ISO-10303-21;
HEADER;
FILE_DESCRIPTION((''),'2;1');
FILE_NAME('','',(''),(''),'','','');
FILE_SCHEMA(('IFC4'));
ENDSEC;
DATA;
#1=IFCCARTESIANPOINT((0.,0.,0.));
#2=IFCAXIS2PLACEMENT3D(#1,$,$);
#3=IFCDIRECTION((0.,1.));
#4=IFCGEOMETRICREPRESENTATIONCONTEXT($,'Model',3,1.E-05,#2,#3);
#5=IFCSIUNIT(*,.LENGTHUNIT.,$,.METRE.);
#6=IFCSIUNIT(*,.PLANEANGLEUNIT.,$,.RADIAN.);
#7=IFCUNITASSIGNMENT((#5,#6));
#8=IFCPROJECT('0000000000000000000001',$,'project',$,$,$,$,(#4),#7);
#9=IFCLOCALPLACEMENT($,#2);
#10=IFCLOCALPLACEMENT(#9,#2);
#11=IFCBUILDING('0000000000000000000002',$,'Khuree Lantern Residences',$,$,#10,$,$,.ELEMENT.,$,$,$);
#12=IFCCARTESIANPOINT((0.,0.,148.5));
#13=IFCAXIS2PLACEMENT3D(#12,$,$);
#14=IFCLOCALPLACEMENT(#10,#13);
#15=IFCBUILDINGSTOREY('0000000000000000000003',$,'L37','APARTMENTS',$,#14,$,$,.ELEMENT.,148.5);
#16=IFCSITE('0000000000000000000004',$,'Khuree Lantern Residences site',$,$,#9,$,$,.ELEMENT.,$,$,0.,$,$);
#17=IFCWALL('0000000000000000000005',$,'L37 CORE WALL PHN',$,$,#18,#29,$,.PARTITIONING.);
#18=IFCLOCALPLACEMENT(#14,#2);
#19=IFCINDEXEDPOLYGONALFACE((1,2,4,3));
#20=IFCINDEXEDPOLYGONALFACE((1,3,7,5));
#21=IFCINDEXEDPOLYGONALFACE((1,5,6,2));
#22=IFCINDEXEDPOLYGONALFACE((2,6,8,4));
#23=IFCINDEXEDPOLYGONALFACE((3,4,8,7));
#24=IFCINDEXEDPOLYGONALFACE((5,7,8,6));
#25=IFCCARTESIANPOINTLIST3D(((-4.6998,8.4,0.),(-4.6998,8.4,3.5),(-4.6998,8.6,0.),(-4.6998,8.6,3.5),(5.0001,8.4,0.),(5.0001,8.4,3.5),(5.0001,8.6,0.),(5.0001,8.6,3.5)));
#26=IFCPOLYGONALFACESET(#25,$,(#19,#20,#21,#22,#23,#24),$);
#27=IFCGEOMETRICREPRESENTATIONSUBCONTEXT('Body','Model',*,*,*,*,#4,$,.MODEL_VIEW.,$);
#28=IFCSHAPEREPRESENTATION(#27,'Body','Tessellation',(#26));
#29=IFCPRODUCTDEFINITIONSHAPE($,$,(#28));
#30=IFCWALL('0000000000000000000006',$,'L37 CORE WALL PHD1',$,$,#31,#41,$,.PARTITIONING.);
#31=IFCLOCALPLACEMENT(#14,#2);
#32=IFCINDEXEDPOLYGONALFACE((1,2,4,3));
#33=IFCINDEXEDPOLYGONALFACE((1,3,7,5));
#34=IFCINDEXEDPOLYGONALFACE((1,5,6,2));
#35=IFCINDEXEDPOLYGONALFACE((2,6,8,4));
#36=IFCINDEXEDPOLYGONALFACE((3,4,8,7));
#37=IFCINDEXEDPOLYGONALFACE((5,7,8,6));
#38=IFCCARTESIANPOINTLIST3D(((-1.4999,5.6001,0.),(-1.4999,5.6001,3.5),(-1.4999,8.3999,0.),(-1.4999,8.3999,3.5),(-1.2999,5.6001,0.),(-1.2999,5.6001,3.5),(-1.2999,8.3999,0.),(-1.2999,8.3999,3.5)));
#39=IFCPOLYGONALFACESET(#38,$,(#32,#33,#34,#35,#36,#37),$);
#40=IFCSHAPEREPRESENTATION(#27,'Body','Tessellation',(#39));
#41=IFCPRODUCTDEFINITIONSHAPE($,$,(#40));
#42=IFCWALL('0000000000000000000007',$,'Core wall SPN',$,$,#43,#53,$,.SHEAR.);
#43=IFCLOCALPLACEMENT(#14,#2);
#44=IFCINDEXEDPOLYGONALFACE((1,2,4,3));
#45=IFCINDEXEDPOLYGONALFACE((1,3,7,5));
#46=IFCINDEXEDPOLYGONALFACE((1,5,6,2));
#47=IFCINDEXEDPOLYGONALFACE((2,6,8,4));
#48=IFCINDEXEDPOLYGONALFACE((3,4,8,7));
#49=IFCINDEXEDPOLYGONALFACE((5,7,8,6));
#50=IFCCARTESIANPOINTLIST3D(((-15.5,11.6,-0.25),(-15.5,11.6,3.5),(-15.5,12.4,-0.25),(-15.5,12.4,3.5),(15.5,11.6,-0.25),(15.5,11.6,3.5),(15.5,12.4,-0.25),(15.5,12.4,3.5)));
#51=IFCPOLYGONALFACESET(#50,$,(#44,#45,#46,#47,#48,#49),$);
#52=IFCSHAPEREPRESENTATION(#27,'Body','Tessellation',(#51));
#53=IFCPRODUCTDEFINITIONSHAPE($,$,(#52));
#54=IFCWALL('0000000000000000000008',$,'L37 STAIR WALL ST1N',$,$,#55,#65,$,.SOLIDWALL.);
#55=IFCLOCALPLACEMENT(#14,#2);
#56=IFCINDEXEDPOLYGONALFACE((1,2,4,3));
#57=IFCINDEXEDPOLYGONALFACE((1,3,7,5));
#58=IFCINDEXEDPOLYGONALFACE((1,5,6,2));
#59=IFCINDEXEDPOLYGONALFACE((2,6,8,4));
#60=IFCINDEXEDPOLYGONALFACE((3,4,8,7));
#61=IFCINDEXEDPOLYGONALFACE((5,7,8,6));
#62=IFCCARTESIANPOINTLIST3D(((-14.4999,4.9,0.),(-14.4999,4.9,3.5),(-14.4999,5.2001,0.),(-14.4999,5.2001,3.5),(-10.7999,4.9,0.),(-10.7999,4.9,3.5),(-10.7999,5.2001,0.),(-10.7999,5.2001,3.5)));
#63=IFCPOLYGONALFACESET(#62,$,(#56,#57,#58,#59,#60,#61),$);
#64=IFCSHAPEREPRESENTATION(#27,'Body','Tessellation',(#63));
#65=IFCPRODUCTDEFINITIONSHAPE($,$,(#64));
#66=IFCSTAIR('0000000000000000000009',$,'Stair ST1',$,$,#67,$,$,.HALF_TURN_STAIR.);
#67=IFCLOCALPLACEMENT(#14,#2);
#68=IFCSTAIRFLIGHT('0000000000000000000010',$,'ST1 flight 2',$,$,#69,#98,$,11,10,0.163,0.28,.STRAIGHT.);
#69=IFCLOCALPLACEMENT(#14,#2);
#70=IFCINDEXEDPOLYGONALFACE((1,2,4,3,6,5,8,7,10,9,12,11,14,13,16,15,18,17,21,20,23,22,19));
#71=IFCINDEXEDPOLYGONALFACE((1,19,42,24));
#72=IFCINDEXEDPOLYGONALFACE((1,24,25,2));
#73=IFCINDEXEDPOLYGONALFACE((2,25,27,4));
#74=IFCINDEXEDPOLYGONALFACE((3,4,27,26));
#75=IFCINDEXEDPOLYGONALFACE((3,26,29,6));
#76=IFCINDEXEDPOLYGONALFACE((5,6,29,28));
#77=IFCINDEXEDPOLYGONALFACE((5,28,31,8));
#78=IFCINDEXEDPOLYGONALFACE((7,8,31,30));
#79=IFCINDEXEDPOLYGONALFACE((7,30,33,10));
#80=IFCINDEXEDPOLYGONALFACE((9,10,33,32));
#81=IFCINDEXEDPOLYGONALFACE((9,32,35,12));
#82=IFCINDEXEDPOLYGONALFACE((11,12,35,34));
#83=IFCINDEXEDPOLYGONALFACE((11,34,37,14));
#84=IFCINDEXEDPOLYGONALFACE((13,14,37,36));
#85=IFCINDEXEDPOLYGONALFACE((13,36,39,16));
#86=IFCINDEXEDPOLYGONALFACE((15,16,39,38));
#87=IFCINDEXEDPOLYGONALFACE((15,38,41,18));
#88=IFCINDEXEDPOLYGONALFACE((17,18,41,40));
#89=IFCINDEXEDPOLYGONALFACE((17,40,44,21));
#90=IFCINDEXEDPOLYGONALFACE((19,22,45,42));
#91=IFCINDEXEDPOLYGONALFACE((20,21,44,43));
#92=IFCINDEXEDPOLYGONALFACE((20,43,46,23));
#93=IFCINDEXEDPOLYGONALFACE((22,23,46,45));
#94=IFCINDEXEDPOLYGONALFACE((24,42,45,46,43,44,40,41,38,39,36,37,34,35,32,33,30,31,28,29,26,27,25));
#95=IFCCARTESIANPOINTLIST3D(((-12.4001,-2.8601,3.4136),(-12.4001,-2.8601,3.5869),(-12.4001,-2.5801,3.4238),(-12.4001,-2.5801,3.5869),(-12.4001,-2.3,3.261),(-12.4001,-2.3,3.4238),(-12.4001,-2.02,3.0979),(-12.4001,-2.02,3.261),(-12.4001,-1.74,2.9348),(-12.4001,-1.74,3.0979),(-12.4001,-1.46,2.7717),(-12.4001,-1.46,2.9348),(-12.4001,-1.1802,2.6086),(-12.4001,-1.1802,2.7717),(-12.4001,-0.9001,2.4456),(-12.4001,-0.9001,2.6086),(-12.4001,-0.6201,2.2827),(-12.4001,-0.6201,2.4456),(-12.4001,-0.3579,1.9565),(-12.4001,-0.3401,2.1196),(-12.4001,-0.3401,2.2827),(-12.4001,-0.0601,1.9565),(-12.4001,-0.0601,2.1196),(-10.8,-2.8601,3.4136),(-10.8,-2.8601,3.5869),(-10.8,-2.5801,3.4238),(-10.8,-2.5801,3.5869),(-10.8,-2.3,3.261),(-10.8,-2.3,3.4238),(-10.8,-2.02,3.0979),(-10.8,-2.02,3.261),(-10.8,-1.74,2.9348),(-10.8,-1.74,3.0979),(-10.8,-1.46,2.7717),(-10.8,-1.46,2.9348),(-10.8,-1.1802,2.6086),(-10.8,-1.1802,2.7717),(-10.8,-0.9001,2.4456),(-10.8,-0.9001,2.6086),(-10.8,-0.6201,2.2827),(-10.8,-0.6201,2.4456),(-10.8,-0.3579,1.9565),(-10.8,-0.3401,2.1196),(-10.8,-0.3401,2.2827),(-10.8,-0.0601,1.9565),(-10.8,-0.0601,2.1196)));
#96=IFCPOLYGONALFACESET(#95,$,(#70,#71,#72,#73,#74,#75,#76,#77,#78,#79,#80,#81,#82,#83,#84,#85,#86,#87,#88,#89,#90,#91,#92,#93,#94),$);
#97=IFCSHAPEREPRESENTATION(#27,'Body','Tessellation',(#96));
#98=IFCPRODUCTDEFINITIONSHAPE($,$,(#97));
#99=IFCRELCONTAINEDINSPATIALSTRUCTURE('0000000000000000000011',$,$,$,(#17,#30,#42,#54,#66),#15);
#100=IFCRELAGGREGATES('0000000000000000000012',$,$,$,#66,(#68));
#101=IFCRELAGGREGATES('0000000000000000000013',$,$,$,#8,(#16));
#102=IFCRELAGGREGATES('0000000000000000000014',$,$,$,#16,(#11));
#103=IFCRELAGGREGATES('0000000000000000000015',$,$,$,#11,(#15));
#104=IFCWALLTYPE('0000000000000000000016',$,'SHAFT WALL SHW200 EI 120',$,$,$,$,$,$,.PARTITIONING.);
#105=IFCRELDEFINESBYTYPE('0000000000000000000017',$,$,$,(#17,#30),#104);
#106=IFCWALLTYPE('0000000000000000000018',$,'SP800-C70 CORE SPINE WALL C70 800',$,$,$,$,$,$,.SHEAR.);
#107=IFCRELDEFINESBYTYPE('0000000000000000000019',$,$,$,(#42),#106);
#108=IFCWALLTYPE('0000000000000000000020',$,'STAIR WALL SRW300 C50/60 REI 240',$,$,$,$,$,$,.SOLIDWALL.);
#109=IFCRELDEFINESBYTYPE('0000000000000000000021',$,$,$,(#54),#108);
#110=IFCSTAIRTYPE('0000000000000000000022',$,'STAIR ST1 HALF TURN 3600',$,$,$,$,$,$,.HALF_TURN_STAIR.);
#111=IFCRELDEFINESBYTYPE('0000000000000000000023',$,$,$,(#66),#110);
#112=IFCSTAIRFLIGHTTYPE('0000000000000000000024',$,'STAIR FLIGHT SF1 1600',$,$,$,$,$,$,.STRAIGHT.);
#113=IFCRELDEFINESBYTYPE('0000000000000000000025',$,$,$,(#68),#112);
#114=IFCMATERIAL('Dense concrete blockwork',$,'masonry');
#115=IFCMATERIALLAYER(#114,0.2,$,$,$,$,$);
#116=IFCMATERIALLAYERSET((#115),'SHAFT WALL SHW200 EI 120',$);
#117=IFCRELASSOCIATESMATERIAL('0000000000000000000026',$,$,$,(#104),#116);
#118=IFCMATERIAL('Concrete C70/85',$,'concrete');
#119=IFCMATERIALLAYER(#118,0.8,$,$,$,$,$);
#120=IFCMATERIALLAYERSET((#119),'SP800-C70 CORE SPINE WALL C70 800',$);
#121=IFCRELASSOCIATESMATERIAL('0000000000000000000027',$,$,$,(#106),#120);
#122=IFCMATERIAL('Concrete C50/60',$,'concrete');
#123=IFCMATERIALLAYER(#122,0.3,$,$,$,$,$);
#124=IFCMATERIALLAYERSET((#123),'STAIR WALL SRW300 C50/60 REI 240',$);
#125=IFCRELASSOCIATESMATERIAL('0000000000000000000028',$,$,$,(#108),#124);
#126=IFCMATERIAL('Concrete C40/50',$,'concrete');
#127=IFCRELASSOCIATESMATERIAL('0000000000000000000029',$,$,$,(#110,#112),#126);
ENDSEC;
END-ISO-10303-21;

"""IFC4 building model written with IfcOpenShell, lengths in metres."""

from ifc_helpers import new_model, si_unit, direction, frame, frame_2d, origin, place, context, subcontext, project, spatial, polyline, rectangle, outline, extrude, material, layer, layer_set, type_object, element, aggregate, save


model = new_model("IFC4")

# Units and contexts
model_context = context("Model", 3, precision=1e-05, world=origin(), true_north=direction((0.0, 1.0)))
body_context = subcontext(model_context, "Body", "Model", "MODEL_VIEW")
ifc_project = project(units=[si_unit("LENGTHUNIT", "METRE"), si_unit("PLANEANGLEUNIT", "RADIAN")], contexts=[model_context])

# Site, building, storey
site_placement = place(None, origin())
site = spatial("IfcSite", under=ifc_project, at=site_placement, Name="Khuree Lantern Residences site", CompositionType="ELEMENT", RefElevation=0.0)
building_placement = place(site_placement, origin())
building = spatial("IfcBuilding", under=site, at=building_placement, Name="Khuree Lantern Residences", CompositionType="ELEMENT")
storey_placement = place(building_placement, frame((0.0, 0.0, 148.5)))
storey = spatial("IfcBuildingStorey", under=building, at=storey_placement, Name="L37", Description="APARTMENTS", CompositionType="ELEMENT", Elevation=148.5)

# Shared definitions
ifc_material_1 = material(Name="Dense concrete blockwork", Category="masonry")

# Shared definitions
ifc_material_2 = material(Name="Concrete C70/85", Category="concrete")

# Walls
ifc_layer_1 = layer(ifc_material_1, 0.2)
ifc_layer_set_1 = layer_set([ifc_layer_1], Name="SHAFT WALL SHW200 EI 120")
wall_type_1 = type_object("IfcWallType", Name="SHAFT WALL SHW200 EI 120", PredefinedType="PARTITIONING", material=ifc_layer_set_1)
wall_1_placement = place(storey_placement, frame((-4.7, 8.5, 0.0), z_axis=(0.0, 0.0, 1.0), x_axis=(1.0, 0.0, 0.0)))
element("IfcWall", 1, at=wall_1_placement, inside=storey, type_object=wall_type_1, Name="L37 CORE WALL PHN", PredefinedType="PARTITIONING", context=body_context, shape_type="SweptSolid", body=[
    extrude(rectangle(XDim=9.7, YDim=0.2, at=frame_2d((4.8501, 0.0))), origin(), (0.0, 0.0, 1.0), 3.5),
])
wall_2_placement = place(storey_placement, frame((-1.3999, 5.6001, 0.0), z_axis=(0.0, 0.0, 1.0), x_axis=(0.0, 1.0, 0.0)))
element("IfcWall", 2, at=wall_2_placement, inside=storey, type_object=wall_type_1, Name="L37 CORE WALL PHD1", PredefinedType="PARTITIONING", context=body_context, shape_type="SweptSolid", body=[
    extrude(rectangle(XDim=2.7998, YDim=0.2, at=frame_2d((1.3999, 0.0))), origin(), (0.0, 0.0, 1.0), 3.5),
])
ifc_layer_2 = layer(ifc_material_2, 0.8)
ifc_layer_set_2 = layer_set([ifc_layer_2], Name="SP800-C70 CORE SPINE WALL C70 800")
wall_type_2 = type_object("IfcWallType", Name="SP800-C70 CORE SPINE WALL C70 800", PredefinedType="SHEAR", material=ifc_layer_set_2)
wall_3_placement = place(storey_placement, frame((-15.5, 12.0, -0.25), z_axis=(0.0, 0.0, 1.0), x_axis=(1.0, 0.0, 0.0)))
element("IfcWall", 3, at=wall_3_placement, inside=storey, type_object=wall_type_2, Name="Core wall SPN", PredefinedType="SHEAR", context=body_context, shape_type="SweptSolid", body=[
    extrude(rectangle(XDim=31.0, YDim=0.8, at=frame_2d((15.5, 0.0))), origin(), (0.0, 0.0, 1.0), 3.75),
])
ifc_material_3 = material(Name="Concrete C50/60", Category="concrete")
ifc_layer_3 = layer(ifc_material_3, 0.3)
ifc_layer_set_3 = layer_set([ifc_layer_3], Name="STAIR WALL SRW300 C50/60 REI 240")
wall_type_3 = type_object("IfcWallType", Name="STAIR WALL SRW300 C50/60 REI 240", PredefinedType="SOLIDWALL", material=ifc_layer_set_3)
wall_4_placement = place(storey_placement, frame((-14.5, 5.05, 0.0), z_axis=(0.0, 0.0, 1.0), x_axis=(1.0, 0.0, 0.0)))
element("IfcWall", 4, at=wall_4_placement, inside=storey, type_object=wall_type_3, Name="L37 STAIR WALL ST1N", PredefinedType="SOLIDWALL", context=body_context, shape_type="SweptSolid", body=[
    extrude(rectangle(XDim=3.7, YDim=0.3, at=frame_2d((1.8501, 0.0))), origin(), (0.0, 0.0, 1.0), 3.5),
])

# Stair, stair flight
ifc_material_4 = material(Name="Concrete C40/50", Category="concrete")
stair_type = type_object("IfcStairType", Name="STAIR ST1 HALF TURN 3600", PredefinedType="HALF_TURN_STAIR", material=ifc_material_4)
stair_placement = place(storey_placement, origin())
stair = element("IfcStair", 5, at=stair_placement, inside=storey, type_object=stair_type, Name="Stair ST1", PredefinedType="HALF_TURN_STAIR")
stair_flight_type = type_object("IfcStairFlightType", Name="STAIR FLIGHT SF1 1600", PredefinedType="STRAIGHT", material=ifc_material_4)
stair_flight_placement = place(storey_placement, frame((-11.6001, -0.0601, 1.9565), z_axis=(0.0, 0.0, 1.0), x_axis=(0.0, -1.0, 0.0)))
stair_flight = element("IfcStairFlight", 6, at=stair_flight_placement, type_object=stair_flight_type, Name="ST1 flight 2", NumberOfRisers=11, NumberOfTreads=10, PredefinedType="STRAIGHT", RiserHeight=0.163, TreadLength=0.28, context=body_context, shape_type="SweptSolid", body=[
    extrude(outline(polyline([(0.0, 0.0), (0.0, 0.1631), (0.28, 0.1631), (0.28, 0.3262), (0.5601, 0.3262), (0.5601, 0.489), (0.8401, 0.489), (0.8401, 0.6521), (1.1201, 0.6521), (1.1201, 0.8152), (1.3999, 0.8152), (1.3999, 0.9783), (1.6799, 0.9783), (1.6799, 1.1414), (1.96, 1.1414), (1.96, 1.3044), (2.24, 1.3044), (2.24, 1.4673), (2.52, 1.4673), (2.52, 1.6304), (2.8, 1.6304), (2.8, 1.7935), (2.8, 1.457), (0.2979, 0.0), (0.0, 0.0)])), frame((0.0, 0.8, 0.0), z_axis=(0.0, -1.0, 0.0), x_axis=(1.0, 0.0, 0.0)), (0.0, 0.0, 1.0), 1.6001),
])
aggregate(stair, [stair_flight])

save(model, "model.ifc")
